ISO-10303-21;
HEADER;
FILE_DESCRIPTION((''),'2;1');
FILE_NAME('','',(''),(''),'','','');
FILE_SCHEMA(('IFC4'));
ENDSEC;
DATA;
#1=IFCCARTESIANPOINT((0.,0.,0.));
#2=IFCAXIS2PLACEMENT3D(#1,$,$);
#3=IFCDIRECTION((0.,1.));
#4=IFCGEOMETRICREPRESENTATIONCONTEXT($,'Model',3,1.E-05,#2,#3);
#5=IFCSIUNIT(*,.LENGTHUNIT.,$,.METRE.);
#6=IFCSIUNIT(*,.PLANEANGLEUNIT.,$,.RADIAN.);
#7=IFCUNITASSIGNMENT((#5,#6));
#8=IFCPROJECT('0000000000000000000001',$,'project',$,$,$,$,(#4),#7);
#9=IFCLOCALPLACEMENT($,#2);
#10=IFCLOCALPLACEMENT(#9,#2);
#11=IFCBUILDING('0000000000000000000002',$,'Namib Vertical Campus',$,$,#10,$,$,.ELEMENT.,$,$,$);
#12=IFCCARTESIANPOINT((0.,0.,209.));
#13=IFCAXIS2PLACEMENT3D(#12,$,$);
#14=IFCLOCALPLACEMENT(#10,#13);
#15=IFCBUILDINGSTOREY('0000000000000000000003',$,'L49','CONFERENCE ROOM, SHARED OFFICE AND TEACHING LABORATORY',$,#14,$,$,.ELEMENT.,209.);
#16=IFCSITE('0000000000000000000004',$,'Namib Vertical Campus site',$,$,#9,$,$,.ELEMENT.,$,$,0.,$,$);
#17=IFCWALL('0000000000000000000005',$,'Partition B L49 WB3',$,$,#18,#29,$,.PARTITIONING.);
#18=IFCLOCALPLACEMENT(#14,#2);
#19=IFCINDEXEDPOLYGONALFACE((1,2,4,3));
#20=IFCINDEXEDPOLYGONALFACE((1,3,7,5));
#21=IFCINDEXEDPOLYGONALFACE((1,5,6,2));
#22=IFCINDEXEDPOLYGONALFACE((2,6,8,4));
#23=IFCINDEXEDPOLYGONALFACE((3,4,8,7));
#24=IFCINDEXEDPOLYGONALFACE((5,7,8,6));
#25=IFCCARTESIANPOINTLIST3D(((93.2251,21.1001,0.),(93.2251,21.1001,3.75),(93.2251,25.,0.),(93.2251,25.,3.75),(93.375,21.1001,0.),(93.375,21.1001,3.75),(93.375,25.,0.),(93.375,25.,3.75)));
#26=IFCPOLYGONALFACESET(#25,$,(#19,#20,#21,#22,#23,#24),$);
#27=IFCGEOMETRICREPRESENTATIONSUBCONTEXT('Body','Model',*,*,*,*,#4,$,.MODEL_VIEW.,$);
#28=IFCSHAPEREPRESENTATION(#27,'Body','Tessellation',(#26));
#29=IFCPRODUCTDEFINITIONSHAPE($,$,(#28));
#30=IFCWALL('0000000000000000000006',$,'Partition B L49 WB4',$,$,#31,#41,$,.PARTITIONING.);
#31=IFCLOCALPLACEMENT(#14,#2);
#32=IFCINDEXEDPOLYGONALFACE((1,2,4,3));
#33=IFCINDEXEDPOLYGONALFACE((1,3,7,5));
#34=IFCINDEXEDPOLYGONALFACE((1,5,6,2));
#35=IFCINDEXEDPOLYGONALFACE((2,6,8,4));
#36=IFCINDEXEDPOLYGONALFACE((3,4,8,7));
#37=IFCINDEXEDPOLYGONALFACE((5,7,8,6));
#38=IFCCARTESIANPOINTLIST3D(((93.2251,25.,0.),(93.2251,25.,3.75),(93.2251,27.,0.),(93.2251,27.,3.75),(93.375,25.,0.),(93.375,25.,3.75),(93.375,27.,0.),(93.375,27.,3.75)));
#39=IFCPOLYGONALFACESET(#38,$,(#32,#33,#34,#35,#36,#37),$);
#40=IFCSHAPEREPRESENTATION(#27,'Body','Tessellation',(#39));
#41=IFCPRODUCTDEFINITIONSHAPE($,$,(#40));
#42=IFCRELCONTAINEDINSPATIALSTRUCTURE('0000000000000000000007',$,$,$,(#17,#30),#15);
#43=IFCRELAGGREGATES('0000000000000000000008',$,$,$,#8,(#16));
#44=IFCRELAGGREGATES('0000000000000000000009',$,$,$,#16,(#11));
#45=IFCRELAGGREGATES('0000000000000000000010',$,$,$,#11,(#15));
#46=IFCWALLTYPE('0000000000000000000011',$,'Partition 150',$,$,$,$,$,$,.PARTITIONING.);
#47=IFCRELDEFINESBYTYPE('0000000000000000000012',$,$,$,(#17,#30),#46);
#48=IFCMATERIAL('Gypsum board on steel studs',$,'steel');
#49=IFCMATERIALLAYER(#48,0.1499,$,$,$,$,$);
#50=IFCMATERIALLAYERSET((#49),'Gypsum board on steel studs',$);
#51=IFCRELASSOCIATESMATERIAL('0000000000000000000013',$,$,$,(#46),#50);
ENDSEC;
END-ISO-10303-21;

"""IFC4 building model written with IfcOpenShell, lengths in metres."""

from ifc_helpers import new_model, si_unit, direction, frame, frame_2d, origin, place, context, subcontext, project, spatial, rectangle, extrude, material, layer, layer_set, type_object, element, save


model = new_model("IFC4")

# Units and contexts
model_context = context("Model", 3, precision=1e-05, world=origin(), true_north=direction((0.0, 1.0)))
body_context = subcontext(model_context, "Body", "Model", "MODEL_VIEW")
ifc_project = project(units=[si_unit("LENGTHUNIT", "METRE"), si_unit("PLANEANGLEUNIT", "RADIAN")], contexts=[model_context])

# Site, building, storey
site_placement = place(None, origin())
site = spatial("IfcSite", under=ifc_project, at=site_placement, Name="Namib Vertical Campus site", CompositionType="ELEMENT", RefElevation=0.0)
building_placement = place(site_placement, origin())
building = spatial("IfcBuilding", under=site, at=building_placement, Name="Namib Vertical Campus", CompositionType="ELEMENT")
storey_placement = place(building_placement, frame((0.0, 0.0, 209.0)))
storey = spatial("IfcBuildingStorey", under=building, at=storey_placement, Name="L49", Description="CONFERENCE ROOM, SHARED OFFICE AND TEACHING LABORATORY", CompositionType="ELEMENT", Elevation=209.0)

# Walls
ifc_material_1 = material(Name="Gypsum board on steel studs", Category="steel")
ifc_layer_1 = layer(ifc_material_1, 0.1499)
ifc_layer_set_1 = layer_set([ifc_layer_1], Name="Gypsum board on steel studs")
wall_type_1 = type_object("IfcWallType", Name="Partition 150", PredefinedType="PARTITIONING", material=ifc_layer_set_1)
wall_1_placement = place(storey_placement, frame((93.3, 21.1001, 0.0), z_axis=(0.0, 0.0, 1.0), x_axis=(0.0, 1.0, 0.0)))
element("IfcWall", 1, at=wall_1_placement, inside=storey, type_object=wall_type_1, Name="Partition B L49 WB3", PredefinedType="PARTITIONING", context=body_context, shape_type="SweptSolid", body=[
    extrude(rectangle(XDim=3.8999, YDim=0.1499, at=frame_2d((1.95, 0.0))), origin(), (0.0, 0.0, 1.0), 3.75),
])
wall_2_placement = place(storey_placement, frame((93.3, 25.0, 0.0), z_axis=(0.0, 0.0, 1.0), x_axis=(0.0, 1.0, 0.0)))
element("IfcWall", 2, at=wall_2_placement, inside=storey, type_object=wall_type_1, Name="Partition B L49 WB4", PredefinedType="PARTITIONING", context=body_context, shape_type="SweptSolid", body=[
    extrude(rectangle(XDim=2.0, YDim=0.1499, at=frame_2d((1.0, 0.0))), origin(), (0.0, 0.0, 1.0), 3.75),
])

save(model, "model.ifc")
